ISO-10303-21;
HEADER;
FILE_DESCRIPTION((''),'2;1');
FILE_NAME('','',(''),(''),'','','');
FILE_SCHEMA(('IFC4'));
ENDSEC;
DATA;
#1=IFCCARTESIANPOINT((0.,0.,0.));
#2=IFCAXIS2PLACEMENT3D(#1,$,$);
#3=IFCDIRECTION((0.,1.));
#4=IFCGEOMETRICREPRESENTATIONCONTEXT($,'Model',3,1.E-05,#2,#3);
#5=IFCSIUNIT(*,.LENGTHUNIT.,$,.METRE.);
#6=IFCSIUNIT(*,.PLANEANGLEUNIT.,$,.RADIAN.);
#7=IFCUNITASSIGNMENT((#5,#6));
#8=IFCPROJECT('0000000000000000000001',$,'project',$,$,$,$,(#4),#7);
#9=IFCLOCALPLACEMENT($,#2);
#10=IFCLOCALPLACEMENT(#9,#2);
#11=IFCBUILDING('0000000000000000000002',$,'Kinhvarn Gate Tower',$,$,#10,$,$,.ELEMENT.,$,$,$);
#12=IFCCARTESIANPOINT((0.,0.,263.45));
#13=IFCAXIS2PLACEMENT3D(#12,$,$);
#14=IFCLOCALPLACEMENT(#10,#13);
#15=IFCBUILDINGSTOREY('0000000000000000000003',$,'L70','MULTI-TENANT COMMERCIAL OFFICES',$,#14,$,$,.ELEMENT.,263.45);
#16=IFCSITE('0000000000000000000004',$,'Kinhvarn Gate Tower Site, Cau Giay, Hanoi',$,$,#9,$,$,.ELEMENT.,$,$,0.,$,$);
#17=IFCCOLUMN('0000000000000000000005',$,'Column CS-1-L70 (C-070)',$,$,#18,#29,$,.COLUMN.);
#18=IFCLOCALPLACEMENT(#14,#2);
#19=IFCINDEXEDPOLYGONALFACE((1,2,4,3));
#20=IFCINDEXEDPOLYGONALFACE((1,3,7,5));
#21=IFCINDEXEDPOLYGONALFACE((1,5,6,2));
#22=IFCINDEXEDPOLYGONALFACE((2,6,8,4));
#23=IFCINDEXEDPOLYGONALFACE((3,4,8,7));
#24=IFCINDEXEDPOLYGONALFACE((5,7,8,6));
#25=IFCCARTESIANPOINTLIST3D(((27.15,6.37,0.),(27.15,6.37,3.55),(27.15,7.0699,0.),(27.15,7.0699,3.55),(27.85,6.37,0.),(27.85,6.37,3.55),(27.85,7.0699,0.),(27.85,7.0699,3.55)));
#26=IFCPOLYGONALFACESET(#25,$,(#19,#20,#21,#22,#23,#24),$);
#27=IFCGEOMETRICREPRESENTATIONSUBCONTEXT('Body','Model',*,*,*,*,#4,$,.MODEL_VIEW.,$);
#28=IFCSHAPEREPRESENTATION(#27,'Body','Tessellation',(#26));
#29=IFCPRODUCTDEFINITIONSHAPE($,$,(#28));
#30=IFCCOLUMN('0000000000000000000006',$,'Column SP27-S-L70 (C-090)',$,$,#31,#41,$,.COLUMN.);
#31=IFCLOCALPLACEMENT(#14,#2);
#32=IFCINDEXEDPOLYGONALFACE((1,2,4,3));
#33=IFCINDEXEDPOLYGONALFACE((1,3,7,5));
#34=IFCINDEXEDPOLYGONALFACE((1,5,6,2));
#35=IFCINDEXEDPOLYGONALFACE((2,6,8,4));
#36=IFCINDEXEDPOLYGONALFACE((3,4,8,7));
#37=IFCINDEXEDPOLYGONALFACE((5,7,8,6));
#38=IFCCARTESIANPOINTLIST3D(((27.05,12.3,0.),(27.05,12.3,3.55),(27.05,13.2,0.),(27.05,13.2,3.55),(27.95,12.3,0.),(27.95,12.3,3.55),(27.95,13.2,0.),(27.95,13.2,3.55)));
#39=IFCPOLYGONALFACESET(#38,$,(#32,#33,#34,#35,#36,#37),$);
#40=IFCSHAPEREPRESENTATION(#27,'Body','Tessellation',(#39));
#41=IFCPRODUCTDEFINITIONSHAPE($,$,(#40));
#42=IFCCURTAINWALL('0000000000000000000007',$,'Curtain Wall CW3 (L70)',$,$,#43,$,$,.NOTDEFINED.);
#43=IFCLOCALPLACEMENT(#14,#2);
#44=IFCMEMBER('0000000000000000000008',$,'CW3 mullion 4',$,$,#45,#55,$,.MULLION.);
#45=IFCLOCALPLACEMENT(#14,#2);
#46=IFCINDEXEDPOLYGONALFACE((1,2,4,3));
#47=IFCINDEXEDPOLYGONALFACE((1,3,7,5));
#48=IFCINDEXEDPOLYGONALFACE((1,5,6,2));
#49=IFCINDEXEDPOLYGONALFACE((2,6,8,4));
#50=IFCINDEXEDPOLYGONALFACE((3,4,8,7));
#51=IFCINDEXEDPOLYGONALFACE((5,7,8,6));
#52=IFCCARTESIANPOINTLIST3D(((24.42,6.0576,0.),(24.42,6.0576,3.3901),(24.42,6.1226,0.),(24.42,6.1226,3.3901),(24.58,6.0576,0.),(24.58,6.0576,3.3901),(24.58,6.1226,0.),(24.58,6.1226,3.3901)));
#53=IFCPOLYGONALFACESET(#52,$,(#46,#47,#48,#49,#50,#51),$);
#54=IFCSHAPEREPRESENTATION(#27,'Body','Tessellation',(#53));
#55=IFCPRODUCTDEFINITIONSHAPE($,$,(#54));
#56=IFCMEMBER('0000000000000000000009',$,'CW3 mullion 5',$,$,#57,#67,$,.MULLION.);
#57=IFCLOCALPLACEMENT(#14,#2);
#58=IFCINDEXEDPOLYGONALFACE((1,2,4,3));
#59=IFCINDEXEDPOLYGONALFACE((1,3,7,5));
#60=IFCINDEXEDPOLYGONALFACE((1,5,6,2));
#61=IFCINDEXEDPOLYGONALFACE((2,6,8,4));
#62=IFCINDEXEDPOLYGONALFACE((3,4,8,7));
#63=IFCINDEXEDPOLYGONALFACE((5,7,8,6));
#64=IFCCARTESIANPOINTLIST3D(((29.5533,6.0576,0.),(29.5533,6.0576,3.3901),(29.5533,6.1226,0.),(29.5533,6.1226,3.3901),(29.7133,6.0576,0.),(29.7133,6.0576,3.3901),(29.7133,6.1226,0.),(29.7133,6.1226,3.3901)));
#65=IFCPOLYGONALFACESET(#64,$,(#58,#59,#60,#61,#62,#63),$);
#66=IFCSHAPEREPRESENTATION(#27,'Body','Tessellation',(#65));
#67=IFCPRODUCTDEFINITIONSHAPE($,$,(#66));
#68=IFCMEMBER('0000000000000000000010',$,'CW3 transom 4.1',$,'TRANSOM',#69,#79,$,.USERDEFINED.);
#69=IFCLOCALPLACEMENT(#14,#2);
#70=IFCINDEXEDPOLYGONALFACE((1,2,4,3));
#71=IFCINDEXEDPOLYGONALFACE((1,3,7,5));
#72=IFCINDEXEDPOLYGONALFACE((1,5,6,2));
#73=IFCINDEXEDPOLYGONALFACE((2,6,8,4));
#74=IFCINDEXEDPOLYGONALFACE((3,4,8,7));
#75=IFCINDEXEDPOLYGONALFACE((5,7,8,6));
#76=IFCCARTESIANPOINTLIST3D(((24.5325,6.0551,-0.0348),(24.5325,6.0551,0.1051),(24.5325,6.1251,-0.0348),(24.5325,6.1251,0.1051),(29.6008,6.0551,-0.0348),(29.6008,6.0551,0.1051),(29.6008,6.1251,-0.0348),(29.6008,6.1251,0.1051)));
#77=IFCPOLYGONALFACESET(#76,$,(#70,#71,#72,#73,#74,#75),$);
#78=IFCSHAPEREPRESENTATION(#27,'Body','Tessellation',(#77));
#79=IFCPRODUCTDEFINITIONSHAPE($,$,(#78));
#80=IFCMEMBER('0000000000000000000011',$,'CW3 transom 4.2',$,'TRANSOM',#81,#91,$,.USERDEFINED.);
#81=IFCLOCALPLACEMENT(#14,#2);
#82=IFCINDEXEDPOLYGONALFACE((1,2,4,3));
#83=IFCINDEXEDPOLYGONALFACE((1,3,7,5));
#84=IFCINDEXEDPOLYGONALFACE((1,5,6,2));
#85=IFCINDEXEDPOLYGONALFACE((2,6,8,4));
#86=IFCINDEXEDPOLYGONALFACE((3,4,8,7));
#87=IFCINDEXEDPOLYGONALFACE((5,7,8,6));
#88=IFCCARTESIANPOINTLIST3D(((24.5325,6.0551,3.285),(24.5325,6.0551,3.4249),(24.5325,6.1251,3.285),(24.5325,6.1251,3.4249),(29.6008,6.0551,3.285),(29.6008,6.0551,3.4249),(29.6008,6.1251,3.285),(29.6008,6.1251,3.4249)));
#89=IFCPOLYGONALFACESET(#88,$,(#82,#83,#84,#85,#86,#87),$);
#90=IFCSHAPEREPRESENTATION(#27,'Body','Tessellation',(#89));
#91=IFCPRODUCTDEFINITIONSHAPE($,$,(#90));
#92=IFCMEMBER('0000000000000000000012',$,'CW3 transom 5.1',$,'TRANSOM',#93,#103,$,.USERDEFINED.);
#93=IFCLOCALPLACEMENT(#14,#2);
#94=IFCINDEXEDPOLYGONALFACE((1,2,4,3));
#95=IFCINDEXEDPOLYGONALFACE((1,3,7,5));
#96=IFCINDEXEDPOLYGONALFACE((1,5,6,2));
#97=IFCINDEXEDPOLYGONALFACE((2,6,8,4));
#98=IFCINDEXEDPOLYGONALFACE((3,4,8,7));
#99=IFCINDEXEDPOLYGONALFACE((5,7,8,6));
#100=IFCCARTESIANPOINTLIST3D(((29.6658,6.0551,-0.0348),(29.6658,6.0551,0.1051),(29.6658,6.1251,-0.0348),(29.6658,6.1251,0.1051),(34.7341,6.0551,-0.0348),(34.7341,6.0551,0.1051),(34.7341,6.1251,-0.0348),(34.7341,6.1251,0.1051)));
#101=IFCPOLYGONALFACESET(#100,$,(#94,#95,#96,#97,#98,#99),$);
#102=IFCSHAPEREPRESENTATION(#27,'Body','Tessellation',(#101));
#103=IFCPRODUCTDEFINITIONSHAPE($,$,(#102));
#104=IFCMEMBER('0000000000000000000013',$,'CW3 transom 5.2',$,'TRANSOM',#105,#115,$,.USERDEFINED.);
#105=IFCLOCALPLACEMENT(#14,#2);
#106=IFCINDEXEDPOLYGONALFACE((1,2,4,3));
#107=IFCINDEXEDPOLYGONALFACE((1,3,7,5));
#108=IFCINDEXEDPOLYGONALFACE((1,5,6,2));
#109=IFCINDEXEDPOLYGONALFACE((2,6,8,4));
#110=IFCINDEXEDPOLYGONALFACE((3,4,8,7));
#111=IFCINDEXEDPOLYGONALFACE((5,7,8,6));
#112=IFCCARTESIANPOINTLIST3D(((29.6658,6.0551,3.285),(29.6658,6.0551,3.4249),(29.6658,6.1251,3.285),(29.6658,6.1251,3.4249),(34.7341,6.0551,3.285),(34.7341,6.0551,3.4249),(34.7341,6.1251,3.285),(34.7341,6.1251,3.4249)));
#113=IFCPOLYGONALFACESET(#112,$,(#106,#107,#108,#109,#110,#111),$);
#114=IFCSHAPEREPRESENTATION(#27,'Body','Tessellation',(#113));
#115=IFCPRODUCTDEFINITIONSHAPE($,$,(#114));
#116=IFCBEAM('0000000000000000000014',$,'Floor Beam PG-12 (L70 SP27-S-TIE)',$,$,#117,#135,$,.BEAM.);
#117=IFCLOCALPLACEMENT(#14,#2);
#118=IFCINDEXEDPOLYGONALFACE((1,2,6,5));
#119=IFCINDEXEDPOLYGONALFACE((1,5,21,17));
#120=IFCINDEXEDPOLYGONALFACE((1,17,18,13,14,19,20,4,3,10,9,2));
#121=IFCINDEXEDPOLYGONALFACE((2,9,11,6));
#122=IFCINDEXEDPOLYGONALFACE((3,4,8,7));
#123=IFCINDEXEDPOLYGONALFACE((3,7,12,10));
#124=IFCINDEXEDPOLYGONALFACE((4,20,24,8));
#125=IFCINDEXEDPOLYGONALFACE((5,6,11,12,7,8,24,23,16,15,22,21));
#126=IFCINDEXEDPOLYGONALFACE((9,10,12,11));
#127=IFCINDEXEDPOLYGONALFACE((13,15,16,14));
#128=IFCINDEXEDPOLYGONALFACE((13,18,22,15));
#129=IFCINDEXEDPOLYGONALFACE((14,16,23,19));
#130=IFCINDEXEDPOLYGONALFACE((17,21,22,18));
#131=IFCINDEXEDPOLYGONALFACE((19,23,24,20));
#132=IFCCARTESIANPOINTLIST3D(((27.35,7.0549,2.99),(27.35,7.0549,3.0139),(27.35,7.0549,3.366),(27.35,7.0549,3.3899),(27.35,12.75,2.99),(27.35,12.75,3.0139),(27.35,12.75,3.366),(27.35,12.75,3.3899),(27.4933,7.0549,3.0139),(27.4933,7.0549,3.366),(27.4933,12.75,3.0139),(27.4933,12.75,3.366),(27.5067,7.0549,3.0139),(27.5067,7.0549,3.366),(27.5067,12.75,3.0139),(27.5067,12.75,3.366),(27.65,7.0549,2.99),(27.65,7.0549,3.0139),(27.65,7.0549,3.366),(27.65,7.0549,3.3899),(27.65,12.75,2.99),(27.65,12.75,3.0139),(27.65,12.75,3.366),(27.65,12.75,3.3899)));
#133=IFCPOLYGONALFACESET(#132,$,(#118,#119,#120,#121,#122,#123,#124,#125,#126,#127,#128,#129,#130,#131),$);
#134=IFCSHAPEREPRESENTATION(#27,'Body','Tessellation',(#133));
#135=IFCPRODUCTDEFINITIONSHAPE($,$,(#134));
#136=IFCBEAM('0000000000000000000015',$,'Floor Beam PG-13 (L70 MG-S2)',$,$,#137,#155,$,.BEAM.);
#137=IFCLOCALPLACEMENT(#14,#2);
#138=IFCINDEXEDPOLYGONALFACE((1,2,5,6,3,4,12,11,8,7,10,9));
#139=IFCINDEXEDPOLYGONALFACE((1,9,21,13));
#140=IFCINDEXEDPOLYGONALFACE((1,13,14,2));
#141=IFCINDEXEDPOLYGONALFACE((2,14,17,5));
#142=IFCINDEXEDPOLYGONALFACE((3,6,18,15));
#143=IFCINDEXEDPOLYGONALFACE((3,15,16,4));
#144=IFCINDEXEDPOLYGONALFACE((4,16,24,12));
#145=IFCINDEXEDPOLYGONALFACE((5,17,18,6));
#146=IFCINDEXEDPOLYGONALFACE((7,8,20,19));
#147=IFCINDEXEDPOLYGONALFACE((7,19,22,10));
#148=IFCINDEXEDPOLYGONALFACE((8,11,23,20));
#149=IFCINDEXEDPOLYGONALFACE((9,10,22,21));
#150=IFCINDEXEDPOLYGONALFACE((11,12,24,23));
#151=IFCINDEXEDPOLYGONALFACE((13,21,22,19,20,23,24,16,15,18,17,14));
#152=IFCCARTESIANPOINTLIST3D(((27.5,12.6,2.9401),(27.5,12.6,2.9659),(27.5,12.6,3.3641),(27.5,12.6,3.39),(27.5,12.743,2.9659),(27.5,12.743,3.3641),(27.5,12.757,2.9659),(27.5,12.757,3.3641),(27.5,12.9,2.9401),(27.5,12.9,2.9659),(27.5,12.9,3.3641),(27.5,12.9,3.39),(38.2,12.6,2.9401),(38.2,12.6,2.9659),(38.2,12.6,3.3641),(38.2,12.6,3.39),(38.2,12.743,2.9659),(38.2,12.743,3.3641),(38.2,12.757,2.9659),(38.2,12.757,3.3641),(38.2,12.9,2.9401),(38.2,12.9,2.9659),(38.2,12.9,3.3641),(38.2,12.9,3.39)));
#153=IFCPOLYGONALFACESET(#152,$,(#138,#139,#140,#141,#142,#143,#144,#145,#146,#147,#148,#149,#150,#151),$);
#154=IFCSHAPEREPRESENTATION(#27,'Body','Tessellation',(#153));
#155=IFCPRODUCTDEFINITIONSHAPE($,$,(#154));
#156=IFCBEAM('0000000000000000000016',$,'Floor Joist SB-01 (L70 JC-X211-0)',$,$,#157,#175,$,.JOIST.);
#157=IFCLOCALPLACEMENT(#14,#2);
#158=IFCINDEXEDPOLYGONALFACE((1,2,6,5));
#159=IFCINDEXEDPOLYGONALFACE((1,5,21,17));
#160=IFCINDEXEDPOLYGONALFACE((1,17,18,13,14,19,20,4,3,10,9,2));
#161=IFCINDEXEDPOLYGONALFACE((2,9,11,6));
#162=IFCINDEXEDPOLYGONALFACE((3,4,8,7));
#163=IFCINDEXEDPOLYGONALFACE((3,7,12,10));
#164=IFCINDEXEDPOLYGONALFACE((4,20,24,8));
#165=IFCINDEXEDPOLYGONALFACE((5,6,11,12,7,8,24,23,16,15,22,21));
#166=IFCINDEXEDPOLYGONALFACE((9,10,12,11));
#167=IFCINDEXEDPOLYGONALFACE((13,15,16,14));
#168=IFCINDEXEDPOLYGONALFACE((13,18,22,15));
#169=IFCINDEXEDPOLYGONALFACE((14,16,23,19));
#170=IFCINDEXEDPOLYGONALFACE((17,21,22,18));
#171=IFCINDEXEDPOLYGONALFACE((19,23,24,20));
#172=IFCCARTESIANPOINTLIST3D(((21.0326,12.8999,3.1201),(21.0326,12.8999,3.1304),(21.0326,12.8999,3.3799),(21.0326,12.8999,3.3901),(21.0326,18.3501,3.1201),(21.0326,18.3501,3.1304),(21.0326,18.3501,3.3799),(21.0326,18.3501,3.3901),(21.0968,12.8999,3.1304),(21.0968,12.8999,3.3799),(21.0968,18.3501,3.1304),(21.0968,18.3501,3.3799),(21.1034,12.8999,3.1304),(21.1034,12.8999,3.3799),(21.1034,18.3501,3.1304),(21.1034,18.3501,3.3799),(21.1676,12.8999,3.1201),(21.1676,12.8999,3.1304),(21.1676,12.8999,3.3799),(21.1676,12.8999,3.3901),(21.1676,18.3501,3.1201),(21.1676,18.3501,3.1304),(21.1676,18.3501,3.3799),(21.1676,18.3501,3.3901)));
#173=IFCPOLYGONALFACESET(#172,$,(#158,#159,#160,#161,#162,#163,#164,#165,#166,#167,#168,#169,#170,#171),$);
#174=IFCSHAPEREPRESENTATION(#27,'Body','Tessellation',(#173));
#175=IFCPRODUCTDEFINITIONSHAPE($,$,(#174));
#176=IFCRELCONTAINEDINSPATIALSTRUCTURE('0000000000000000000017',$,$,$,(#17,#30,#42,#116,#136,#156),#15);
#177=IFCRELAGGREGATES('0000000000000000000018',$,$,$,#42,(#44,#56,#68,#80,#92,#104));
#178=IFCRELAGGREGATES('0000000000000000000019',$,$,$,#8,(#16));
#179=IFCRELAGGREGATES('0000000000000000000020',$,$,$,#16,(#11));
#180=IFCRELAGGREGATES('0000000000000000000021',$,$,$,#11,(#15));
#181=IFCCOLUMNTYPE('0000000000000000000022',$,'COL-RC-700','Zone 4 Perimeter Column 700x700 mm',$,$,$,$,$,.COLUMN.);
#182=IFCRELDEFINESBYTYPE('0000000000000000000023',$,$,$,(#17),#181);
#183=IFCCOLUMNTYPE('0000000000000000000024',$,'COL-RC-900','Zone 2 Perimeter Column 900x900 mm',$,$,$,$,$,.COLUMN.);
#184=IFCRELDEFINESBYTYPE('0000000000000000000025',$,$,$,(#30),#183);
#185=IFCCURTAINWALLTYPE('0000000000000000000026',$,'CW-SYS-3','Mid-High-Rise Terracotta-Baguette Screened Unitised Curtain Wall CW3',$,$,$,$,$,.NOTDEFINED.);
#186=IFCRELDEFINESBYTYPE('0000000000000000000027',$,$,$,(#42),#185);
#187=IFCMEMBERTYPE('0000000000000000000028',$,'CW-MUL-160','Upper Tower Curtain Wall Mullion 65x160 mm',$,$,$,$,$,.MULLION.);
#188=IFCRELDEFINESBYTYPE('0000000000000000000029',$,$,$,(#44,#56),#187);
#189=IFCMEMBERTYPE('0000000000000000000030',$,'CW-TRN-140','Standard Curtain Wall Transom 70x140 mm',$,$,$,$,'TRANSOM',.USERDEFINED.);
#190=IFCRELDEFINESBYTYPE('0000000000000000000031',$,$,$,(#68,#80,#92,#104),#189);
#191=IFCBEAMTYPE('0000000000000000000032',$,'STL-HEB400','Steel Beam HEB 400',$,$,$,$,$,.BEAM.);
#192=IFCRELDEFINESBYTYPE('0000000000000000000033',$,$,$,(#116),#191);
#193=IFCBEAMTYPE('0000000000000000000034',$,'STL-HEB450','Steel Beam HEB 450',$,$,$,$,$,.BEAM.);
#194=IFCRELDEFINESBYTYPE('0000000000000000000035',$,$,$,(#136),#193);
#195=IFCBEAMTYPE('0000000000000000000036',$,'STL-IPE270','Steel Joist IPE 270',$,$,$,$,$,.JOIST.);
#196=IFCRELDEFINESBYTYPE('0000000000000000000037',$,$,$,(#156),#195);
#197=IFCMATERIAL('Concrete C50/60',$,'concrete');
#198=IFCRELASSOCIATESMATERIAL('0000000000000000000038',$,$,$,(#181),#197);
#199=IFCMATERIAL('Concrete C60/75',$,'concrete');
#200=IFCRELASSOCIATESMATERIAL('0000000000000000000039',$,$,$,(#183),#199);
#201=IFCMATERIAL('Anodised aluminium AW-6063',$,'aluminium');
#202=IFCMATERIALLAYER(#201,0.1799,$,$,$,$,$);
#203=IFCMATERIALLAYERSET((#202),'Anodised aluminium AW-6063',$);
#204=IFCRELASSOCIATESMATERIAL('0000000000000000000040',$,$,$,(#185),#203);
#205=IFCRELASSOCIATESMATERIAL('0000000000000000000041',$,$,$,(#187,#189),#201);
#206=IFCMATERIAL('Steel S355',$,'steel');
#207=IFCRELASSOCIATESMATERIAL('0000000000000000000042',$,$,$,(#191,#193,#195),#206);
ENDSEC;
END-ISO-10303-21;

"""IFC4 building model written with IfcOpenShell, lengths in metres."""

from ifc_helpers import new_model, si_unit, direction, frame, origin, origin_2d, place, context, subcontext, project, spatial, rectangle, i_section, extrude, material, layer, layer_set, material_profile, profile_set, type_object, element, aggregate, save


model = new_model("IFC4")

# Units and contexts
model_context = context("Model", 3, precision=1e-05, world=origin(), true_north=direction((0.0, 1.0)))
body_context = subcontext(model_context, "Body", "Model", "MODEL_VIEW")
ifc_project = project(units=[si_unit("LENGTHUNIT", "METRE"), si_unit("PLANEANGLEUNIT", "RADIAN")], contexts=[model_context])

# Site, building, storey
site_placement = place(None, origin())
site = spatial("IfcSite", under=ifc_project, at=site_placement, Name="Kinhvarn Gate Tower Site, Cau Giay, Hanoi", CompositionType="ELEMENT", RefElevation=0.0)
building_placement = place(site_placement, origin())
building = spatial("IfcBuilding", under=site, at=building_placement, Name="Kinhvarn Gate Tower", CompositionType="ELEMENT")
storey_placement = place(building_placement, frame((0.0, 0.0, 263.45)))
storey = spatial("IfcBuildingStorey", under=building, at=storey_placement, Name="L70", Description="MULTI-TENANT COMMERCIAL OFFICES", CompositionType="ELEMENT", Elevation=263.45)

# Columns
ifc_material_1 = material(Name="Concrete C50/60", Category="concrete")
ifc_material_profile_1 = material_profile(ifc_material_1, rectangle(XDim=0.7, YDim=0.7, at=origin_2d()), Name="RC 700x700")
ifc_profile_set_1 = profile_set([ifc_material_profile_1], Name="Concrete C50/60")
column_type_1 = type_object("IfcColumnType", Name="COL-RC-700", Description="Zone 4 Perimeter Column 700x700 mm", PredefinedType="COLUMN", material=ifc_profile_set_1)
column_1_placement = place(storey_placement, frame((27.5, 6.72, 0.0), z_axis=(0.0, 0.0, 1.0), x_axis=(1.0, 0.0, 0.0)))
element("IfcColumn", 1, at=column_1_placement, inside=storey, type_object=column_type_1, Name="Column CS-1-L70 (C-070)", PredefinedType="COLUMN", context=body_context, shape_type="SweptSolid", body=[
    extrude(rectangle(XDim=0.7, YDim=0.7, at=origin_2d()), origin(), (0.0, 0.0, 1.0), 3.55),
])
ifc_material_2 = material(Name="Concrete C60/75", Category="concrete")
ifc_material_profile_2 = material_profile(ifc_material_2, rectangle(XDim=0.8999, YDim=0.8999, at=origin_2d()), Name="RC 900x900")
ifc_profile_set_2 = profile_set([ifc_material_profile_2], Name="Concrete C60/75")
column_type_2 = type_object("IfcColumnType", Name="COL-RC-900", Description="Zone 2 Perimeter Column 900x900 mm", PredefinedType="COLUMN", material=ifc_profile_set_2)
column_2_placement = place(storey_placement, frame((27.5, 12.75, 0.0), z_axis=(0.0, 0.0, 1.0), x_axis=(1.0, 0.0, 0.0)))
element("IfcColumn", 2, at=column_2_placement, inside=storey, type_object=column_type_2, Name="Column SP27-S-L70 (C-090)", PredefinedType="COLUMN", context=body_context, shape_type="SweptSolid", body=[
    extrude(rectangle(XDim=0.8999, YDim=0.8999, at=origin_2d()), origin(), (0.0, 0.0, 1.0), 3.55),
])

# Curtain wall, members
ifc_material_3 = material(Name="Anodised aluminium AW-6063", Category="aluminium")
ifc_layer_1 = layer(ifc_material_3, 0.1799)
ifc_layer_set_1 = layer_set([ifc_layer_1], Name="Anodised aluminium AW-6063")
curtain_wall_type = type_object("IfcCurtainWallType", Name="CW-SYS-3", Description="Mid-High-Rise Terracotta-Baguette Screened Unitised Curtain Wall CW3", PredefinedType="NOTDEFINED", material=ifc_layer_set_1)
curtain_wall_placement = place(storey_placement, origin())
curtain_wall = element("IfcCurtainWall", 3, at=curtain_wall_placement, inside=storey, type_object=curtain_wall_type, Name="Curtain Wall CW3 (L70)", PredefinedType="NOTDEFINED")
ifc_material_profile_3 = material_profile(ifc_material_3, rectangle(XDim=0.0649, YDim=0.1599, at=origin_2d()), Name="ALU 65x160")
ifc_profile_set_3 = profile_set([ifc_material_profile_3], Name="Anodised aluminium AW-6063")
member_type_1 = type_object("IfcMemberType", Name="CW-MUL-160", Description="Upper Tower Curtain Wall Mullion 65x160 mm", PredefinedType="MULLION", material=ifc_profile_set_3)
member_1_placement = place(storey_placement, frame((24.5, 6.0901, 0.0), z_axis=(0.0, 0.0, 1.0), x_axis=(0.0, 1.0, 0.0)))
member_1 = element("IfcMember", 4, at=member_1_placement, type_object=member_type_1, Name="CW3 mullion 4", PredefinedType="MULLION", context=body_context, shape_type="SweptSolid", body=[
    extrude(rectangle(XDim=0.0649, YDim=0.1599, at=origin_2d()), origin(), (0.0, 0.0, 1.0), 3.3901),
])
member_2_placement = place(storey_placement, frame((29.6333, 6.0901, 0.0), z_axis=(0.0, 0.0, 1.0), x_axis=(0.0, 1.0, 0.0)))
member_2 = element("IfcMember", 5, at=member_2_placement, type_object=member_type_1, Name="CW3 mullion 5", PredefinedType="MULLION", context=body_context, shape_type="SweptSolid", body=[
    extrude(rectangle(XDim=0.0649, YDim=0.1599, at=origin_2d()), origin(), (0.0, 0.0, 1.0), 3.3901),
])
ifc_material_profile_4 = material_profile(ifc_material_3, rectangle(XDim=0.0701, YDim=0.1399, at=origin_2d()), Name="ALU 70x140")
ifc_profile_set_4 = profile_set([ifc_material_profile_4], Name="Anodised aluminium AW-6063")
member_type_2 = type_object("IfcMemberType", Name="CW-TRN-140", Description="Standard Curtain Wall Transom 70x140 mm", ElementType="TRANSOM", PredefinedType="USERDEFINED", material=ifc_profile_set_4)
member_3_placement = place(storey_placement, frame((24.5325, 6.0901, 0.0352), z_axis=(1.0, 0.0, 0.0), x_axis=(0.0, 1.0, 0.0)))
member_3 = element("IfcMember", 6, at=member_3_placement, type_object=member_type_2, Name="CW3 transom 4.1", ObjectType="TRANSOM", PredefinedType="USERDEFINED", context=body_context, shape_type="SweptSolid", body=[
    extrude(rectangle(XDim=0.0701, YDim=0.1399, at=origin_2d()), origin(), (0.0, 0.0, 1.0), 5.0684),
])
member_4_placement = place(storey_placement, frame((24.5325, 6.0901, 3.355), z_axis=(1.0, 0.0, 0.0), x_axis=(0.0, 1.0, 0.0)))
member_4 = element("IfcMember", 7, at=member_4_placement, type_object=member_type_2, Name="CW3 transom 4.2", ObjectType="TRANSOM", PredefinedType="USERDEFINED", context=body_context, shape_type="SweptSolid", body=[
    extrude(rectangle(XDim=0.0701, YDim=0.1399, at=origin_2d()), origin(), (0.0, 0.0, 1.0), 5.0684),
])
member_5_placement = place(storey_placement, frame((29.6658, 6.0901, 0.0352), z_axis=(1.0, 0.0, 0.0), x_axis=(0.0, 1.0, 0.0)))
member_5 = element("IfcMember", 8, at=member_5_placement, type_object=member_type_2, Name="CW3 transom 5.1", ObjectType="TRANSOM", PredefinedType="USERDEFINED", context=body_context, shape_type="SweptSolid", body=[
    extrude(rectangle(XDim=0.0701, YDim=0.1399, at=origin_2d()), origin(), (0.0, 0.0, 1.0), 5.0684),
])
member_6_placement = place(storey_placement, frame((29.6658, 6.0901, 3.355), z_axis=(1.0, 0.0, 0.0), x_axis=(0.0, 1.0, 0.0)))
member_6 = element("IfcMember", 9, at=member_6_placement, type_object=member_type_2, Name="CW3 transom 5.2", ObjectType="TRANSOM", PredefinedType="USERDEFINED", context=body_context, shape_type="SweptSolid", body=[
    extrude(rectangle(XDim=0.0701, YDim=0.1399, at=origin_2d()), origin(), (0.0, 0.0, 1.0), 5.0684),
])

# Beams
ifc_material_4 = material(Name="Steel S355", Category="steel")
ifc_material_profile_5 = material_profile(ifc_material_4, i_section(OverallWidth=0.3, OverallDepth=0.3999, WebThickness=0.0134, FlangeThickness=0.0239, at=origin_2d()), Name="HEB 400")
ifc_profile_set_5 = profile_set([ifc_material_profile_5], Name="Steel S355")
beam_type_1 = type_object("IfcBeamType", Name="STL-HEB400", Description="Steel Beam HEB 400", PredefinedType="BEAM", material=ifc_profile_set_5)
beam_1_placement = place(storey_placement, frame((27.5, 7.0549, 3.1899), z_axis=(0.0, 1.0, 0.0), x_axis=(-1.0, 0.0, 0.0)))
element("IfcBeam", 10, at=beam_1_placement, inside=storey, type_object=beam_type_1, Name="Floor Beam PG-12 (L70 SP27-S-TIE)", PredefinedType="BEAM", context=body_context, shape_type="SweptSolid", body=[
    extrude(i_section(OverallWidth=0.3, OverallDepth=0.3999, WebThickness=0.0134, FlangeThickness=0.0239, at=origin_2d()), origin(), (0.0, 0.0, 1.0), 5.6951),
])
ifc_material_profile_6 = material_profile(ifc_material_4, i_section(OverallWidth=0.3, OverallDepth=0.45, WebThickness=0.0139, FlangeThickness=0.0259, at=origin_2d()), Name="HEB 450")
ifc_profile_set_6 = profile_set([ifc_material_profile_6], Name="Steel S355")
beam_type_2 = type_object("IfcBeamType", Name="STL-HEB450", Description="Steel Beam HEB 450", PredefinedType="BEAM", material=ifc_profile_set_6)
beam_2_placement = place(storey_placement, frame((27.5, 12.75, 3.165), z_axis=(1.0, 0.0, 0.0), x_axis=(0.0, 1.0, 0.0)))
element("IfcBeam", 11, at=beam_2_placement, inside=storey, type_object=beam_type_2, Name="Floor Beam PG-13 (L70 MG-S2)", PredefinedType="BEAM", context=body_context, shape_type="SweptSolid", body=[
    extrude(i_section(OverallWidth=0.3, OverallDepth=0.45, WebThickness=0.0139, FlangeThickness=0.0259, at=origin_2d()), origin(), (0.0, 0.0, 1.0), 10.7),
])
ifc_material_profile_7 = material_profile(ifc_material_4, i_section(OverallWidth=0.135, OverallDepth=0.27, WebThickness=0.0066, FlangeThickness=0.0103, at=origin_2d()), Name="IPE 270")
ifc_profile_set_7 = profile_set([ifc_material_profile_7], Name="Steel S355")
beam_type_3 = type_object("IfcBeamType", Name="STL-IPE270", Description="Steel Joist IPE 270", PredefinedType="JOIST", material=ifc_profile_set_7)
for number, where, z_axis, x_axis, name in (
    (12, (21.1001, 12.8999, 3.2551), (0.0, 1.0, 0.0), (-1.0, 0.0, 0.0), "Floor Joist SB-01 (L70 JC-X211-0)"),
):
    element("IfcBeam", number, at=place(storey_placement, frame(where, z_axis=z_axis, x_axis=x_axis)), inside=storey, type_object=beam_type_3, Name=name, PredefinedType="JOIST", context=body_context, shape_type="SweptSolid", body=[
        extrude(i_section(OverallWidth=0.135, OverallDepth=0.27, WebThickness=0.0066, FlangeThickness=0.0103, at=origin_2d()), origin(), (0.0, 0.0, 1.0), 5.4502),
    ])

aggregate(curtain_wall, [member_1, member_2, member_3, member_4, member_5, member_6])

save(model, "model.ifc")
